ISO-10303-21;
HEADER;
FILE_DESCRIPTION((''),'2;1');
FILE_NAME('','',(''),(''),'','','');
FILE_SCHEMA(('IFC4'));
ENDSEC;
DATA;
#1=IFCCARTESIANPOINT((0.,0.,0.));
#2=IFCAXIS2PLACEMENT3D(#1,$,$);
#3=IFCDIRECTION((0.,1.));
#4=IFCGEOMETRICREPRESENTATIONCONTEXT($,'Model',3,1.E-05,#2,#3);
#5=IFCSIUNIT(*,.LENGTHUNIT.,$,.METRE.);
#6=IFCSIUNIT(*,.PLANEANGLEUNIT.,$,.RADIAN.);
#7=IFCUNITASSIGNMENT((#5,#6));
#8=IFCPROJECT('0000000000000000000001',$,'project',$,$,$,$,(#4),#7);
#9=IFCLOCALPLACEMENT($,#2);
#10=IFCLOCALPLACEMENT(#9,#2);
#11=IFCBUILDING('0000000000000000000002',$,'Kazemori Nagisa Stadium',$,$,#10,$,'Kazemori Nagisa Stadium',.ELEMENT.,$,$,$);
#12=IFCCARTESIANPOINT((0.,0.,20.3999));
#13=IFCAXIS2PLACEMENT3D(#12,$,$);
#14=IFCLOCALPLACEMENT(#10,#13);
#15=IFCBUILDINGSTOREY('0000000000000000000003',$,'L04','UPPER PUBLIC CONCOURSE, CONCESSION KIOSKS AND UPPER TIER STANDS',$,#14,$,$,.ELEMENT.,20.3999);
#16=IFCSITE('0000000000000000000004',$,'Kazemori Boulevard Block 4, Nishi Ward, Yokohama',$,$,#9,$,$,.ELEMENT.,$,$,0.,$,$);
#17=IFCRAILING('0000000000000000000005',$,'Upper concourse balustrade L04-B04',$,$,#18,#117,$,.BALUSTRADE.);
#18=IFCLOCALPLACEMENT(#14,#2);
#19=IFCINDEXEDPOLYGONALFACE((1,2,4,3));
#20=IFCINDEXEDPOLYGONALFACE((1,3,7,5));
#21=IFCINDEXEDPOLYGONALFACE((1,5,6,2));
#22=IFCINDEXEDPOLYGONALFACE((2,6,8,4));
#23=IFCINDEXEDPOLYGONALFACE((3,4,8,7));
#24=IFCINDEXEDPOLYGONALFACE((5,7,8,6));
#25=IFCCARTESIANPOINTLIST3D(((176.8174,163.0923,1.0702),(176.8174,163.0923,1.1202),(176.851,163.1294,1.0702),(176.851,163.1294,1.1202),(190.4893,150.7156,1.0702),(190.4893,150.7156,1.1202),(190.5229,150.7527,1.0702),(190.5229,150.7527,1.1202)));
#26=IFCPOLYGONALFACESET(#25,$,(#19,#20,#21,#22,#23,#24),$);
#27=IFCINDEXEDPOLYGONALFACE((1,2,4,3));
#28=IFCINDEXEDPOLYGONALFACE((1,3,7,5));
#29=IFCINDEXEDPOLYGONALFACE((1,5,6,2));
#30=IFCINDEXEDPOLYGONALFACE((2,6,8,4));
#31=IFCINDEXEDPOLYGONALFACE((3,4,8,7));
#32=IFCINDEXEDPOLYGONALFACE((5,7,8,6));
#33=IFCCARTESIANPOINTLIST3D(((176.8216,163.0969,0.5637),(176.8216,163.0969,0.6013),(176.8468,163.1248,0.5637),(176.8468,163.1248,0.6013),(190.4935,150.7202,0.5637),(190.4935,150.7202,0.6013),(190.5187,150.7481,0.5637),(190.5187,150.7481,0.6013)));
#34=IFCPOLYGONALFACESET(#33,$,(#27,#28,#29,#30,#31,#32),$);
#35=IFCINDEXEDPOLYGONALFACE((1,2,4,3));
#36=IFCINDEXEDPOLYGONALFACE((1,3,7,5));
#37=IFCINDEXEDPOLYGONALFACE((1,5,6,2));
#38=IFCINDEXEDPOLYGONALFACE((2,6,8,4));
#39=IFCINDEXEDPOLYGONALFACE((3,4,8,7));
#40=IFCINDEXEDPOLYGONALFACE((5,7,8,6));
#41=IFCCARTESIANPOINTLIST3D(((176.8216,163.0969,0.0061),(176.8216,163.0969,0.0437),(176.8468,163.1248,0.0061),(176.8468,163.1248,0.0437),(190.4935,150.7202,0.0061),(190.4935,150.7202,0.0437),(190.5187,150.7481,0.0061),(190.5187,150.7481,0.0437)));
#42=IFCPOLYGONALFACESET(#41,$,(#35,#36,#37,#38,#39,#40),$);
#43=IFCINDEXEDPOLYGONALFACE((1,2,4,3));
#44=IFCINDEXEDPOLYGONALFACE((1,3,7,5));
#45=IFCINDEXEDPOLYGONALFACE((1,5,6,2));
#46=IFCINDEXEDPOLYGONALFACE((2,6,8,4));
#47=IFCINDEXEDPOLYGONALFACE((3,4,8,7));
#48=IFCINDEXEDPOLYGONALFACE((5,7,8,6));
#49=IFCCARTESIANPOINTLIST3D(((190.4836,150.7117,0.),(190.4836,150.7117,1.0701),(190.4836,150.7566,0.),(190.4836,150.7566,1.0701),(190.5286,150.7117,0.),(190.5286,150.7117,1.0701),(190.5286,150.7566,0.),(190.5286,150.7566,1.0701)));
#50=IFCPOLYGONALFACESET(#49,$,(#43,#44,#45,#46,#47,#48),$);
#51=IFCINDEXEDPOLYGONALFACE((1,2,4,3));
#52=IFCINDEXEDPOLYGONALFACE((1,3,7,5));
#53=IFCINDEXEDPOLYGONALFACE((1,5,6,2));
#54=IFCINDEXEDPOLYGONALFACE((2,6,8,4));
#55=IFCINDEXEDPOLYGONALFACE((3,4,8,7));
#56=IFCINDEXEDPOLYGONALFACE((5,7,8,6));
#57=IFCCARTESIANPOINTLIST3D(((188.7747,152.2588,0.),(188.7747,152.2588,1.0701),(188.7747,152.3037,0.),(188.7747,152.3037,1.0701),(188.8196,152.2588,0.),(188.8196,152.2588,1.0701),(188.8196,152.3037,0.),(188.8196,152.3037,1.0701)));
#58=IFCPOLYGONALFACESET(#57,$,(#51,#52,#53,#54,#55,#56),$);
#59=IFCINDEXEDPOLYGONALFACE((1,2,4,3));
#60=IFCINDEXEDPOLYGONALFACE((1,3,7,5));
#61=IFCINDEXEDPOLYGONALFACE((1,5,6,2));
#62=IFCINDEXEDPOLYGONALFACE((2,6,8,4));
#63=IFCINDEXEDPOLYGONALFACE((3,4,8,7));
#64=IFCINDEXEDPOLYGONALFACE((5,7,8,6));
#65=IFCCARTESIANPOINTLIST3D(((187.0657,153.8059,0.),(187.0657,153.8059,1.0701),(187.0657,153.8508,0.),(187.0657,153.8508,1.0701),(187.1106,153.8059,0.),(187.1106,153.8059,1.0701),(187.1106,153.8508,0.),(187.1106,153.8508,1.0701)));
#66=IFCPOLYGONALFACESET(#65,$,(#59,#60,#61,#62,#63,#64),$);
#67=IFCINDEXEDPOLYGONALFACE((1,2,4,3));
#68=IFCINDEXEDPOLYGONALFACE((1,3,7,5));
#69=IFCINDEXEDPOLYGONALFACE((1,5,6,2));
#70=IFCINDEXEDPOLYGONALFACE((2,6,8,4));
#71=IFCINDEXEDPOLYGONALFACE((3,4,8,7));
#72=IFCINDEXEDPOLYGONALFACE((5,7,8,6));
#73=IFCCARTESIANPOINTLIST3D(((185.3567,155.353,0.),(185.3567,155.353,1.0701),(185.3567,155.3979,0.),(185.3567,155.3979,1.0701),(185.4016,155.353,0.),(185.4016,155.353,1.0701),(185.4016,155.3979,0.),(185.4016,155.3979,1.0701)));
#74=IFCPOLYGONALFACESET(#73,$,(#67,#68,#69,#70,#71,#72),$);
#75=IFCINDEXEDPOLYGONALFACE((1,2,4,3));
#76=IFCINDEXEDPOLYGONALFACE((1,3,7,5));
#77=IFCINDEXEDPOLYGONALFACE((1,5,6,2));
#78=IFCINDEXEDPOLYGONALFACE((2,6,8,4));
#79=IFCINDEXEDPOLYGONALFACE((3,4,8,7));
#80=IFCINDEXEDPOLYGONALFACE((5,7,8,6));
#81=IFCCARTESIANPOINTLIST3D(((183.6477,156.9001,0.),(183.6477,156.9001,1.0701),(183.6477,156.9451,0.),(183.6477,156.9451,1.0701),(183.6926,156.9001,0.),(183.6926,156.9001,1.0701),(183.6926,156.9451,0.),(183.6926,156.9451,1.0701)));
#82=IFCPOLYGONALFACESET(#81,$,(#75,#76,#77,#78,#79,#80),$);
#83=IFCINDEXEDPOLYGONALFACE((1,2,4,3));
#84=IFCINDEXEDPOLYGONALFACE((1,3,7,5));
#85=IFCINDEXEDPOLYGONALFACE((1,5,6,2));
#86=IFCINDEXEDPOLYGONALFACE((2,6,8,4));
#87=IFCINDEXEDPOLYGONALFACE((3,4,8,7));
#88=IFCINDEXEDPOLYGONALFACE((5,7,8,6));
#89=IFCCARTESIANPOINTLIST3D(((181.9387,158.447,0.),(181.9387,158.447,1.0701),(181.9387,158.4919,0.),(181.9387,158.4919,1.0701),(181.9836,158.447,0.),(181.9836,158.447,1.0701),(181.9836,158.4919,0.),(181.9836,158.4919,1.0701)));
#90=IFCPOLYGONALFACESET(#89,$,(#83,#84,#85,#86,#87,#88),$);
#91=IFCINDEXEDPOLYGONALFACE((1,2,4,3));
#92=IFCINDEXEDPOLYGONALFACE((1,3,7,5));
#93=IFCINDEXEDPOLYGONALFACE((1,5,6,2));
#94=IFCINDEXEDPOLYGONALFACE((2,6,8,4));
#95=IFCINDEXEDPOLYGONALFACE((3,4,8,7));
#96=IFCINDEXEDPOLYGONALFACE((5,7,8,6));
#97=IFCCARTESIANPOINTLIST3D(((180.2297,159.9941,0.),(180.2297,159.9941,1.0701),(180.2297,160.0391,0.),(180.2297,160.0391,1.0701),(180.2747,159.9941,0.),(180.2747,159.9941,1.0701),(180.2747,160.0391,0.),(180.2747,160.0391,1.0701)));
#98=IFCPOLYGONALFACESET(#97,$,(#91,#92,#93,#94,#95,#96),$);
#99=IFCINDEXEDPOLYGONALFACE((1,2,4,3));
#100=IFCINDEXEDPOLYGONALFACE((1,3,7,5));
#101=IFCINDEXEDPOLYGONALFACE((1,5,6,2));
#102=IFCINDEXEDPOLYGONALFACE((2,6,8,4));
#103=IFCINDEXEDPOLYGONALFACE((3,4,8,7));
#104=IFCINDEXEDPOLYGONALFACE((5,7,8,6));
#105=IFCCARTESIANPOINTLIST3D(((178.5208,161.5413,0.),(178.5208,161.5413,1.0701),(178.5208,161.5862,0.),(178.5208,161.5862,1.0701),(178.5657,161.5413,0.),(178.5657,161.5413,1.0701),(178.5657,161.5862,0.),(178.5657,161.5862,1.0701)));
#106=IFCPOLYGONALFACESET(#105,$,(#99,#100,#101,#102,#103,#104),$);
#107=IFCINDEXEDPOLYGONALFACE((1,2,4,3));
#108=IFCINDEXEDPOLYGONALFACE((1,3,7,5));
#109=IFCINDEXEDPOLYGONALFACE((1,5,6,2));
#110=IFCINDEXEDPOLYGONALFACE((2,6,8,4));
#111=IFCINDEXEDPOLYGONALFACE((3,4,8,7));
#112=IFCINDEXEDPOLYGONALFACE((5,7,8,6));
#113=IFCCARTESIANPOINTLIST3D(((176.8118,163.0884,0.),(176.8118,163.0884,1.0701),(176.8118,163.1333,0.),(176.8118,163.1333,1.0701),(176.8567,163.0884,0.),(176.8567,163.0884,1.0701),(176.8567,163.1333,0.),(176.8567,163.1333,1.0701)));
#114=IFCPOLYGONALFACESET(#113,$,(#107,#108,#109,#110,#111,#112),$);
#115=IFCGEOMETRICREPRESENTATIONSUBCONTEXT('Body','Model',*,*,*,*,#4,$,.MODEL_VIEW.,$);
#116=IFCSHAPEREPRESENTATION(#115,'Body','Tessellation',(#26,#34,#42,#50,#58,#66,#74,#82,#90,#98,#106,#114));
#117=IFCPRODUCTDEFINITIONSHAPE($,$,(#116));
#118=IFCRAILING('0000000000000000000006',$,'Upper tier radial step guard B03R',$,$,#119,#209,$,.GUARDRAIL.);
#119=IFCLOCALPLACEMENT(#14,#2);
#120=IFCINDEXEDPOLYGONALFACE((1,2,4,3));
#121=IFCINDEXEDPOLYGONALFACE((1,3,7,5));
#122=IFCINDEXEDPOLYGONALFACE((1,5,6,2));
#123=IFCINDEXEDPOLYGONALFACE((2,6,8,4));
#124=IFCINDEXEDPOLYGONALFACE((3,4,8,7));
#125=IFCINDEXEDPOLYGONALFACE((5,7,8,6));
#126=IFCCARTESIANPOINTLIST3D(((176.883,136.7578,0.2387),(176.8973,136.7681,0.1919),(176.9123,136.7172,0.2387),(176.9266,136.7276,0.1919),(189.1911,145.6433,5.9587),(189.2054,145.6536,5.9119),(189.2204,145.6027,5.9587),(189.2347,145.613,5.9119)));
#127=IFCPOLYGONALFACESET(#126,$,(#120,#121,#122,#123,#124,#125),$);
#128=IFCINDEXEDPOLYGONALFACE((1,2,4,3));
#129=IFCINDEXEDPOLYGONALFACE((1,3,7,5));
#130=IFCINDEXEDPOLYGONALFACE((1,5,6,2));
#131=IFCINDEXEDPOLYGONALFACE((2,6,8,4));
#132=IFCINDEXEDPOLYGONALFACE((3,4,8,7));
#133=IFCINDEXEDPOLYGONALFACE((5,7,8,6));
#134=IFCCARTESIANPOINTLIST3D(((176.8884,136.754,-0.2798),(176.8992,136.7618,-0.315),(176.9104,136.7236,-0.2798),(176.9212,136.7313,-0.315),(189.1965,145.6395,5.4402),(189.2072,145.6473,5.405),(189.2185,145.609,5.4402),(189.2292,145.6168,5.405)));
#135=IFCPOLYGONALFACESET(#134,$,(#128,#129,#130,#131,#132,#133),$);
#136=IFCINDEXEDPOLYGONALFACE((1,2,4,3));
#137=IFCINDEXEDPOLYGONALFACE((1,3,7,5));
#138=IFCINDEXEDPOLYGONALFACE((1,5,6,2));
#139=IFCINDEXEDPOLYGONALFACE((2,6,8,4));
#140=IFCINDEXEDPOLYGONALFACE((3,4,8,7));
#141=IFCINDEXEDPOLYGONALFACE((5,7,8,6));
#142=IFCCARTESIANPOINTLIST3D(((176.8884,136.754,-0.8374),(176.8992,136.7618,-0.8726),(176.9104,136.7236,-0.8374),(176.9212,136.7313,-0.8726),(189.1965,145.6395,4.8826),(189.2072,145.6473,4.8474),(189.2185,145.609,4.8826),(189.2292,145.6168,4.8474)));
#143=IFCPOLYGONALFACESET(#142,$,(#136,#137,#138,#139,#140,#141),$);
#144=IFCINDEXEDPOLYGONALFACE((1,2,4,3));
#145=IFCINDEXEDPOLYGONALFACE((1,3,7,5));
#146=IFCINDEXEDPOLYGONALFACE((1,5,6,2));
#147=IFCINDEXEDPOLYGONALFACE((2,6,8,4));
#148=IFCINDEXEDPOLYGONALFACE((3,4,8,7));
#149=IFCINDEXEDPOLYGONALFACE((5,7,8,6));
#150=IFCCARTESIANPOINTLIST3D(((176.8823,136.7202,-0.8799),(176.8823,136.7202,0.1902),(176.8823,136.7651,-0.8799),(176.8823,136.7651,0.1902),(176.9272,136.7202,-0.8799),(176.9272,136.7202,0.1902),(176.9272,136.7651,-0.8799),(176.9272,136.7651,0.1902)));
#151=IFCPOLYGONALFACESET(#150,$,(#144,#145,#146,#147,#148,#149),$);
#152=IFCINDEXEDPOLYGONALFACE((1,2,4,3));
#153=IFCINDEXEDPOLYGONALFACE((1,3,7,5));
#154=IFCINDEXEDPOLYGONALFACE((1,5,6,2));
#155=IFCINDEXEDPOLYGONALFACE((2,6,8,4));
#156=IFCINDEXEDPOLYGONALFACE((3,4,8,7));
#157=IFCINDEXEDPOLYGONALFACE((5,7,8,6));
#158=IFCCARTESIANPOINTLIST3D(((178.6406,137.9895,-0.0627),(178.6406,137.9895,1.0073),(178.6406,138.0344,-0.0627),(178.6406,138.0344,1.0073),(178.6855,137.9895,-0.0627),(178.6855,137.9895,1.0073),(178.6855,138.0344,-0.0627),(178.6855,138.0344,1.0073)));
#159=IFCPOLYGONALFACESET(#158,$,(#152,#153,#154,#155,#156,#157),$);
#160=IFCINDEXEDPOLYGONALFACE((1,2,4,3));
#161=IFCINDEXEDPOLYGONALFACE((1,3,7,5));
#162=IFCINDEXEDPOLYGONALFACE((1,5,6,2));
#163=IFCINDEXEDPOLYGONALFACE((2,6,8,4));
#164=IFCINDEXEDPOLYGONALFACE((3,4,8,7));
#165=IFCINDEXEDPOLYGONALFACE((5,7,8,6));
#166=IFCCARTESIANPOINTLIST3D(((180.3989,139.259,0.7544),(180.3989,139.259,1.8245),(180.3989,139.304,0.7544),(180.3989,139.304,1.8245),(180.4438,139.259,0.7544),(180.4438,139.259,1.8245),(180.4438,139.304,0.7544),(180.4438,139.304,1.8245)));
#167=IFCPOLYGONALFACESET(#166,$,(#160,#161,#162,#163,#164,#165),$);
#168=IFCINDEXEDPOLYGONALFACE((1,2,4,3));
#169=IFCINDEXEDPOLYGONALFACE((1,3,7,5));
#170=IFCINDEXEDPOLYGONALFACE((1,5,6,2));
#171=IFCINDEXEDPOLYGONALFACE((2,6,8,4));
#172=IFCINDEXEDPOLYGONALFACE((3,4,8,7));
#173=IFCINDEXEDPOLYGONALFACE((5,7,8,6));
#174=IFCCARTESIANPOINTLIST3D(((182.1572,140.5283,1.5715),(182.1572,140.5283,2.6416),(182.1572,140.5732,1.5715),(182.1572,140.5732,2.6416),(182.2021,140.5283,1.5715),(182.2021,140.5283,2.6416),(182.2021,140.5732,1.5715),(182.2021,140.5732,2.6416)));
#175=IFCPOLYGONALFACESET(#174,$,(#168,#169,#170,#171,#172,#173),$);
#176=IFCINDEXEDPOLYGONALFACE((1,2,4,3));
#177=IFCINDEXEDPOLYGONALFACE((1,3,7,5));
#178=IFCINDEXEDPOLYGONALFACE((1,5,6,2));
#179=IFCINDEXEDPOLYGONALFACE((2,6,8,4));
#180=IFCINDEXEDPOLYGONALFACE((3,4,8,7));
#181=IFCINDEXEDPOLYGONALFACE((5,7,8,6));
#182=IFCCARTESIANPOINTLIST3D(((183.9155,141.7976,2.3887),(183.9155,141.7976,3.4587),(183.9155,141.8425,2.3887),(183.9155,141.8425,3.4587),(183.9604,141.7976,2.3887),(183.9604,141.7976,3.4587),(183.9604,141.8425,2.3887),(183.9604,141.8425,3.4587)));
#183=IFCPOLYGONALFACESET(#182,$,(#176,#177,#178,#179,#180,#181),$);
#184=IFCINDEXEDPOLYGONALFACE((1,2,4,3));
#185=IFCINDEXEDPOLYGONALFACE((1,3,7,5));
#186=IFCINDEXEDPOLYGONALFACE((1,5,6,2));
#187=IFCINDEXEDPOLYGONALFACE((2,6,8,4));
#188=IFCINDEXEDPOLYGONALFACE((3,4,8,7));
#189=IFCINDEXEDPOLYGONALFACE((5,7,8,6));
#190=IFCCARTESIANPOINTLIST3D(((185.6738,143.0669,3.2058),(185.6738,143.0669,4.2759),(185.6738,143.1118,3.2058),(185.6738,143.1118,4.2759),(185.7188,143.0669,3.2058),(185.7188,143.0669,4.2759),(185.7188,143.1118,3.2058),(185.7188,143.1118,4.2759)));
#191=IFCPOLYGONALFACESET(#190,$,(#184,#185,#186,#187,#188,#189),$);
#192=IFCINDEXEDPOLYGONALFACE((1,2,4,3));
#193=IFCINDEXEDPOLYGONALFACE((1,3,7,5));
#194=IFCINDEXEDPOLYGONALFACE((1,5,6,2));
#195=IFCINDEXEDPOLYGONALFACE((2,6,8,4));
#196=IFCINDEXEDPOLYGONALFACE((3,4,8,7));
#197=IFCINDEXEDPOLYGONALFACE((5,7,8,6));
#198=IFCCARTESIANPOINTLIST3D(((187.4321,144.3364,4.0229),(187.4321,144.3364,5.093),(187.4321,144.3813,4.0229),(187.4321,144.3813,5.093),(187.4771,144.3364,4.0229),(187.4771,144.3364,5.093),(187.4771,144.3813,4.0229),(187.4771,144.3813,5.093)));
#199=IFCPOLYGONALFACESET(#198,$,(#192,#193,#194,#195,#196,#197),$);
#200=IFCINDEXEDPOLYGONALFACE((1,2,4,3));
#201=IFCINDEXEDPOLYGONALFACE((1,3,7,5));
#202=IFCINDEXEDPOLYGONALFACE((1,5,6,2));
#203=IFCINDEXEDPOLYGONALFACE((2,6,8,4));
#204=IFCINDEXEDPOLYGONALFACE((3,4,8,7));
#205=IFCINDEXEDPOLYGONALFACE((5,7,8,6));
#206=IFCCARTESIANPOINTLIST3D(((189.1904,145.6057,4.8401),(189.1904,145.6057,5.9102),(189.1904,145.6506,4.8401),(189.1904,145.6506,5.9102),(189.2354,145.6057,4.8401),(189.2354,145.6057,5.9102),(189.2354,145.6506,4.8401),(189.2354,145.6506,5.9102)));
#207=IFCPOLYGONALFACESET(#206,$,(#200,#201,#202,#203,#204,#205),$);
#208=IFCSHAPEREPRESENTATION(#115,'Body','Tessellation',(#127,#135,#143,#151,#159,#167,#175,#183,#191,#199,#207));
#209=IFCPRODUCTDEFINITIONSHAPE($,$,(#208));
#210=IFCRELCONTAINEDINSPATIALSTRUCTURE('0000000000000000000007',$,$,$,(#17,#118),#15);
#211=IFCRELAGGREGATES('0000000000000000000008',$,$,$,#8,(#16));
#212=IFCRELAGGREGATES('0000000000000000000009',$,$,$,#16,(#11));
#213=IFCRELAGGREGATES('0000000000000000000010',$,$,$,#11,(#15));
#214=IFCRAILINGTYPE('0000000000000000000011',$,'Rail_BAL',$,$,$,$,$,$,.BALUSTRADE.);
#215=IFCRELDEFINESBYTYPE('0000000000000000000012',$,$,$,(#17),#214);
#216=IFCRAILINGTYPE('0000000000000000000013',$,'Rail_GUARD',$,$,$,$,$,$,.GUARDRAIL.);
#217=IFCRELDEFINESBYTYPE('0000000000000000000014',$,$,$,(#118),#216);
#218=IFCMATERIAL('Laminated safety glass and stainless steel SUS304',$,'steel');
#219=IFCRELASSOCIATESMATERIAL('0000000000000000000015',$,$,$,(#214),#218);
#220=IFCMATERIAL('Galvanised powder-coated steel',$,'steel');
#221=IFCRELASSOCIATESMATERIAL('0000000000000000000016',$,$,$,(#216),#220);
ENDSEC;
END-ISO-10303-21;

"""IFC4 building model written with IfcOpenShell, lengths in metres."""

from ifc_helpers import new_model, si_unit, direction, frame, origin, origin_2d, place, context, subcontext, project, spatial, rectangle, extrude, material, type_object, element, save


model = new_model("IFC4")

# Units and contexts
model_context = context("Model", 3, precision=1e-05, world=origin(), true_north=direction((0.0, 1.0)))
body_context = subcontext(model_context, "Body", "Model", "MODEL_VIEW")
ifc_project = project(units=[si_unit("LENGTHUNIT", "METRE"), si_unit("PLANEANGLEUNIT", "RADIAN")], contexts=[model_context])

# Site, building, storey
site_placement = place(None, origin())
site = spatial("IfcSite", under=ifc_project, at=site_placement, Name="Kazemori Boulevard Block 4, Nishi Ward, Yokohama", CompositionType="ELEMENT", RefElevation=0.0)
building_placement = place(site_placement, origin())
building = spatial("IfcBuilding", under=site, at=building_placement, Name="Kazemori Nagisa Stadium", LongName="Kazemori Nagisa Stadium", CompositionType="ELEMENT")
storey_placement = place(building_placement, frame((0.0, 0.0, 20.3999)))
storey = spatial("IfcBuildingStorey", under=building, at=storey_placement, Name="L04", Description="UPPER PUBLIC CONCOURSE, CONCESSION KIOSKS AND UPPER TIER STANDS", CompositionType="ELEMENT", Elevation=20.3999)

# Railings
ifc_material_1 = material(Name="Laminated safety glass and stainless steel SUS304", Category="steel")
railing_type_1 = type_object("IfcRailingType", Name="Rail_BAL", PredefinedType="BALUSTRADE", material=ifc_material_1)
railing_1_placement = place(storey_placement, frame((190.5061, 150.7341, 0.0)))
element("IfcRailing", 1, at=railing_1_placement, inside=storey, type_object=railing_type_1, Name="Upper concourse balustrade L04-B04", PredefinedType="BALUSTRADE", context=body_context, shape_type="SweptSolid", body=[
    extrude(rectangle(XDim=0.05, YDim=0.05, at=origin_2d()), frame((0.0, 0.0, 1.0952), z_axis=(-0.741349, 0.67112, 0.0), x_axis=(-0.67112, -0.741349, 0.0)), (0.0, 0.0, 1.0), 18.4419),
    extrude(rectangle(XDim=0.0376, YDim=0.0376, at=origin_2d()), frame((0.0, 0.0, 0.5825), z_axis=(-0.741349, 0.67112, 0.0), x_axis=(-0.67112, -0.741349, 0.0)), (0.0, 0.0, 1.0), 18.4419),
    extrude(rectangle(XDim=0.0376, YDim=0.0376, at=origin_2d()), frame((0.0, 0.0, 0.0249), z_axis=(-0.741349, 0.67112, 0.0), x_axis=(-0.67112, -0.741349, 0.0)), (0.0, 0.0, 1.0), 18.4419),
    extrude(rectangle(XDim=0.0449, YDim=0.0449, at=origin_2d()), origin(), (0.0, 0.0, 1.0), 1.0701),
    extrude(rectangle(XDim=0.0449, YDim=0.0449, at=origin_2d()), frame((-1.709, 1.5471, 0.0)), (0.0, 0.0, 1.0), 1.0701),
    extrude(rectangle(XDim=0.0449, YDim=0.0449, at=origin_2d()), frame((-3.418, 3.0942, 0.0)), (0.0, 0.0, 1.0), 1.0701),
    extrude(rectangle(XDim=0.0449, YDim=0.0449, at=origin_2d()), frame((-5.127, 4.6414, 0.0)), (0.0, 0.0, 1.0), 1.0701),
    extrude(rectangle(XDim=0.0449, YDim=0.0449, at=origin_2d()), frame((-6.8359, 6.1885, 0.0)), (0.0, 0.0, 1.0), 1.0701),
    extrude(rectangle(XDim=0.0449, YDim=0.0449, at=origin_2d()), frame((-8.5449, 7.7354, 0.0)), (0.0, 0.0, 1.0), 1.0701),
    extrude(rectangle(XDim=0.0449, YDim=0.0449, at=origin_2d()), frame((-10.2539, 9.2825, 0.0)), (0.0, 0.0, 1.0), 1.0701),
    extrude(rectangle(XDim=0.0449, YDim=0.0449, at=origin_2d()), frame((-11.9629, 10.8296, 0.0)), (0.0, 0.0, 1.0), 1.0701),
    extrude(rectangle(XDim=0.0449, YDim=0.0449, at=origin_2d()), frame((-13.6719, 12.3767, 0.0)), (0.0, 0.0, 1.0), 1.0701),
])
ifc_material_2 = material(Name="Galvanised powder-coated steel", Category="steel")
railing_type_2 = type_object("IfcRailingType", Name="Rail_GUARD", PredefinedType="GUARDRAIL", material=ifc_material_2)
railing_2_placement = place(storey_placement, frame((176.9048, 136.7427, -0.8799)))
element("IfcRailing", 2, at=railing_2_placement, inside=storey, type_object=railing_type_2, Name="Upper tier radial step guard B03R", PredefinedType="GUARDRAIL", context=body_context, shape_type="SweptSolid", body=[
    extrude(rectangle(XDim=0.05, YDim=0.05, at=origin_2d()), frame((0.0, 0.0, 1.0952), z_axis=(0.75872, 0.547737, 0.352602), x_axis=(-0.585331, 0.810795, 0.0)), (0.0, 0.0, 1.0), 16.2222),
    extrude(rectangle(XDim=0.0376, YDim=0.0376, at=origin_2d()), frame((0.0, 0.0, 0.5825), z_axis=(0.75872, 0.547737, 0.352602), x_axis=(-0.585331, 0.810795, 0.0)), (0.0, 0.0, 1.0), 16.2222),
    extrude(rectangle(XDim=0.0376, YDim=0.0376, at=origin_2d()), frame((0.0, 0.0, 0.0249), z_axis=(0.75872, 0.547737, 0.352602), x_axis=(-0.585331, 0.810795, 0.0)), (0.0, 0.0, 1.0), 16.2222),
    extrude(rectangle(XDim=0.0449, YDim=0.0449, at=origin_2d()), origin(), (0.0, 0.0, 1.0), 1.0701),
    extrude(rectangle(XDim=0.0449, YDim=0.0449, at=origin_2d()), frame((1.7583, 1.2693, 0.8171)), (0.0, 0.0, 1.0), 1.0701),
    extrude(rectangle(XDim=0.0449, YDim=0.0449, at=origin_2d()), frame((3.5166, 2.5388, 1.6343)), (0.0, 0.0, 1.0), 1.0701),
    extrude(rectangle(XDim=0.0449, YDim=0.0449, at=origin_2d()), frame((5.2749, 3.8081, 2.4514)), (0.0, 0.0, 1.0), 1.0701),
    extrude(rectangle(XDim=0.0449, YDim=0.0449, at=origin_2d()), frame((7.0332, 5.0774, 3.2686)), (0.0, 0.0, 1.0), 1.0701),
    extrude(rectangle(XDim=0.0449, YDim=0.0449, at=origin_2d()), frame((8.7915, 6.3467, 4.0857)), (0.0, 0.0, 1.0), 1.0701),
    extrude(rectangle(XDim=0.0449, YDim=0.0449, at=origin_2d()), frame((10.5498, 7.6162, 4.9028)), (0.0, 0.0, 1.0), 1.0701),
    extrude(rectangle(XDim=0.0449, YDim=0.0449, at=origin_2d()), frame((12.3081, 8.8855, 5.72)), (0.0, 0.0, 1.0), 1.0701),
])

save(model, "model.ifc")
